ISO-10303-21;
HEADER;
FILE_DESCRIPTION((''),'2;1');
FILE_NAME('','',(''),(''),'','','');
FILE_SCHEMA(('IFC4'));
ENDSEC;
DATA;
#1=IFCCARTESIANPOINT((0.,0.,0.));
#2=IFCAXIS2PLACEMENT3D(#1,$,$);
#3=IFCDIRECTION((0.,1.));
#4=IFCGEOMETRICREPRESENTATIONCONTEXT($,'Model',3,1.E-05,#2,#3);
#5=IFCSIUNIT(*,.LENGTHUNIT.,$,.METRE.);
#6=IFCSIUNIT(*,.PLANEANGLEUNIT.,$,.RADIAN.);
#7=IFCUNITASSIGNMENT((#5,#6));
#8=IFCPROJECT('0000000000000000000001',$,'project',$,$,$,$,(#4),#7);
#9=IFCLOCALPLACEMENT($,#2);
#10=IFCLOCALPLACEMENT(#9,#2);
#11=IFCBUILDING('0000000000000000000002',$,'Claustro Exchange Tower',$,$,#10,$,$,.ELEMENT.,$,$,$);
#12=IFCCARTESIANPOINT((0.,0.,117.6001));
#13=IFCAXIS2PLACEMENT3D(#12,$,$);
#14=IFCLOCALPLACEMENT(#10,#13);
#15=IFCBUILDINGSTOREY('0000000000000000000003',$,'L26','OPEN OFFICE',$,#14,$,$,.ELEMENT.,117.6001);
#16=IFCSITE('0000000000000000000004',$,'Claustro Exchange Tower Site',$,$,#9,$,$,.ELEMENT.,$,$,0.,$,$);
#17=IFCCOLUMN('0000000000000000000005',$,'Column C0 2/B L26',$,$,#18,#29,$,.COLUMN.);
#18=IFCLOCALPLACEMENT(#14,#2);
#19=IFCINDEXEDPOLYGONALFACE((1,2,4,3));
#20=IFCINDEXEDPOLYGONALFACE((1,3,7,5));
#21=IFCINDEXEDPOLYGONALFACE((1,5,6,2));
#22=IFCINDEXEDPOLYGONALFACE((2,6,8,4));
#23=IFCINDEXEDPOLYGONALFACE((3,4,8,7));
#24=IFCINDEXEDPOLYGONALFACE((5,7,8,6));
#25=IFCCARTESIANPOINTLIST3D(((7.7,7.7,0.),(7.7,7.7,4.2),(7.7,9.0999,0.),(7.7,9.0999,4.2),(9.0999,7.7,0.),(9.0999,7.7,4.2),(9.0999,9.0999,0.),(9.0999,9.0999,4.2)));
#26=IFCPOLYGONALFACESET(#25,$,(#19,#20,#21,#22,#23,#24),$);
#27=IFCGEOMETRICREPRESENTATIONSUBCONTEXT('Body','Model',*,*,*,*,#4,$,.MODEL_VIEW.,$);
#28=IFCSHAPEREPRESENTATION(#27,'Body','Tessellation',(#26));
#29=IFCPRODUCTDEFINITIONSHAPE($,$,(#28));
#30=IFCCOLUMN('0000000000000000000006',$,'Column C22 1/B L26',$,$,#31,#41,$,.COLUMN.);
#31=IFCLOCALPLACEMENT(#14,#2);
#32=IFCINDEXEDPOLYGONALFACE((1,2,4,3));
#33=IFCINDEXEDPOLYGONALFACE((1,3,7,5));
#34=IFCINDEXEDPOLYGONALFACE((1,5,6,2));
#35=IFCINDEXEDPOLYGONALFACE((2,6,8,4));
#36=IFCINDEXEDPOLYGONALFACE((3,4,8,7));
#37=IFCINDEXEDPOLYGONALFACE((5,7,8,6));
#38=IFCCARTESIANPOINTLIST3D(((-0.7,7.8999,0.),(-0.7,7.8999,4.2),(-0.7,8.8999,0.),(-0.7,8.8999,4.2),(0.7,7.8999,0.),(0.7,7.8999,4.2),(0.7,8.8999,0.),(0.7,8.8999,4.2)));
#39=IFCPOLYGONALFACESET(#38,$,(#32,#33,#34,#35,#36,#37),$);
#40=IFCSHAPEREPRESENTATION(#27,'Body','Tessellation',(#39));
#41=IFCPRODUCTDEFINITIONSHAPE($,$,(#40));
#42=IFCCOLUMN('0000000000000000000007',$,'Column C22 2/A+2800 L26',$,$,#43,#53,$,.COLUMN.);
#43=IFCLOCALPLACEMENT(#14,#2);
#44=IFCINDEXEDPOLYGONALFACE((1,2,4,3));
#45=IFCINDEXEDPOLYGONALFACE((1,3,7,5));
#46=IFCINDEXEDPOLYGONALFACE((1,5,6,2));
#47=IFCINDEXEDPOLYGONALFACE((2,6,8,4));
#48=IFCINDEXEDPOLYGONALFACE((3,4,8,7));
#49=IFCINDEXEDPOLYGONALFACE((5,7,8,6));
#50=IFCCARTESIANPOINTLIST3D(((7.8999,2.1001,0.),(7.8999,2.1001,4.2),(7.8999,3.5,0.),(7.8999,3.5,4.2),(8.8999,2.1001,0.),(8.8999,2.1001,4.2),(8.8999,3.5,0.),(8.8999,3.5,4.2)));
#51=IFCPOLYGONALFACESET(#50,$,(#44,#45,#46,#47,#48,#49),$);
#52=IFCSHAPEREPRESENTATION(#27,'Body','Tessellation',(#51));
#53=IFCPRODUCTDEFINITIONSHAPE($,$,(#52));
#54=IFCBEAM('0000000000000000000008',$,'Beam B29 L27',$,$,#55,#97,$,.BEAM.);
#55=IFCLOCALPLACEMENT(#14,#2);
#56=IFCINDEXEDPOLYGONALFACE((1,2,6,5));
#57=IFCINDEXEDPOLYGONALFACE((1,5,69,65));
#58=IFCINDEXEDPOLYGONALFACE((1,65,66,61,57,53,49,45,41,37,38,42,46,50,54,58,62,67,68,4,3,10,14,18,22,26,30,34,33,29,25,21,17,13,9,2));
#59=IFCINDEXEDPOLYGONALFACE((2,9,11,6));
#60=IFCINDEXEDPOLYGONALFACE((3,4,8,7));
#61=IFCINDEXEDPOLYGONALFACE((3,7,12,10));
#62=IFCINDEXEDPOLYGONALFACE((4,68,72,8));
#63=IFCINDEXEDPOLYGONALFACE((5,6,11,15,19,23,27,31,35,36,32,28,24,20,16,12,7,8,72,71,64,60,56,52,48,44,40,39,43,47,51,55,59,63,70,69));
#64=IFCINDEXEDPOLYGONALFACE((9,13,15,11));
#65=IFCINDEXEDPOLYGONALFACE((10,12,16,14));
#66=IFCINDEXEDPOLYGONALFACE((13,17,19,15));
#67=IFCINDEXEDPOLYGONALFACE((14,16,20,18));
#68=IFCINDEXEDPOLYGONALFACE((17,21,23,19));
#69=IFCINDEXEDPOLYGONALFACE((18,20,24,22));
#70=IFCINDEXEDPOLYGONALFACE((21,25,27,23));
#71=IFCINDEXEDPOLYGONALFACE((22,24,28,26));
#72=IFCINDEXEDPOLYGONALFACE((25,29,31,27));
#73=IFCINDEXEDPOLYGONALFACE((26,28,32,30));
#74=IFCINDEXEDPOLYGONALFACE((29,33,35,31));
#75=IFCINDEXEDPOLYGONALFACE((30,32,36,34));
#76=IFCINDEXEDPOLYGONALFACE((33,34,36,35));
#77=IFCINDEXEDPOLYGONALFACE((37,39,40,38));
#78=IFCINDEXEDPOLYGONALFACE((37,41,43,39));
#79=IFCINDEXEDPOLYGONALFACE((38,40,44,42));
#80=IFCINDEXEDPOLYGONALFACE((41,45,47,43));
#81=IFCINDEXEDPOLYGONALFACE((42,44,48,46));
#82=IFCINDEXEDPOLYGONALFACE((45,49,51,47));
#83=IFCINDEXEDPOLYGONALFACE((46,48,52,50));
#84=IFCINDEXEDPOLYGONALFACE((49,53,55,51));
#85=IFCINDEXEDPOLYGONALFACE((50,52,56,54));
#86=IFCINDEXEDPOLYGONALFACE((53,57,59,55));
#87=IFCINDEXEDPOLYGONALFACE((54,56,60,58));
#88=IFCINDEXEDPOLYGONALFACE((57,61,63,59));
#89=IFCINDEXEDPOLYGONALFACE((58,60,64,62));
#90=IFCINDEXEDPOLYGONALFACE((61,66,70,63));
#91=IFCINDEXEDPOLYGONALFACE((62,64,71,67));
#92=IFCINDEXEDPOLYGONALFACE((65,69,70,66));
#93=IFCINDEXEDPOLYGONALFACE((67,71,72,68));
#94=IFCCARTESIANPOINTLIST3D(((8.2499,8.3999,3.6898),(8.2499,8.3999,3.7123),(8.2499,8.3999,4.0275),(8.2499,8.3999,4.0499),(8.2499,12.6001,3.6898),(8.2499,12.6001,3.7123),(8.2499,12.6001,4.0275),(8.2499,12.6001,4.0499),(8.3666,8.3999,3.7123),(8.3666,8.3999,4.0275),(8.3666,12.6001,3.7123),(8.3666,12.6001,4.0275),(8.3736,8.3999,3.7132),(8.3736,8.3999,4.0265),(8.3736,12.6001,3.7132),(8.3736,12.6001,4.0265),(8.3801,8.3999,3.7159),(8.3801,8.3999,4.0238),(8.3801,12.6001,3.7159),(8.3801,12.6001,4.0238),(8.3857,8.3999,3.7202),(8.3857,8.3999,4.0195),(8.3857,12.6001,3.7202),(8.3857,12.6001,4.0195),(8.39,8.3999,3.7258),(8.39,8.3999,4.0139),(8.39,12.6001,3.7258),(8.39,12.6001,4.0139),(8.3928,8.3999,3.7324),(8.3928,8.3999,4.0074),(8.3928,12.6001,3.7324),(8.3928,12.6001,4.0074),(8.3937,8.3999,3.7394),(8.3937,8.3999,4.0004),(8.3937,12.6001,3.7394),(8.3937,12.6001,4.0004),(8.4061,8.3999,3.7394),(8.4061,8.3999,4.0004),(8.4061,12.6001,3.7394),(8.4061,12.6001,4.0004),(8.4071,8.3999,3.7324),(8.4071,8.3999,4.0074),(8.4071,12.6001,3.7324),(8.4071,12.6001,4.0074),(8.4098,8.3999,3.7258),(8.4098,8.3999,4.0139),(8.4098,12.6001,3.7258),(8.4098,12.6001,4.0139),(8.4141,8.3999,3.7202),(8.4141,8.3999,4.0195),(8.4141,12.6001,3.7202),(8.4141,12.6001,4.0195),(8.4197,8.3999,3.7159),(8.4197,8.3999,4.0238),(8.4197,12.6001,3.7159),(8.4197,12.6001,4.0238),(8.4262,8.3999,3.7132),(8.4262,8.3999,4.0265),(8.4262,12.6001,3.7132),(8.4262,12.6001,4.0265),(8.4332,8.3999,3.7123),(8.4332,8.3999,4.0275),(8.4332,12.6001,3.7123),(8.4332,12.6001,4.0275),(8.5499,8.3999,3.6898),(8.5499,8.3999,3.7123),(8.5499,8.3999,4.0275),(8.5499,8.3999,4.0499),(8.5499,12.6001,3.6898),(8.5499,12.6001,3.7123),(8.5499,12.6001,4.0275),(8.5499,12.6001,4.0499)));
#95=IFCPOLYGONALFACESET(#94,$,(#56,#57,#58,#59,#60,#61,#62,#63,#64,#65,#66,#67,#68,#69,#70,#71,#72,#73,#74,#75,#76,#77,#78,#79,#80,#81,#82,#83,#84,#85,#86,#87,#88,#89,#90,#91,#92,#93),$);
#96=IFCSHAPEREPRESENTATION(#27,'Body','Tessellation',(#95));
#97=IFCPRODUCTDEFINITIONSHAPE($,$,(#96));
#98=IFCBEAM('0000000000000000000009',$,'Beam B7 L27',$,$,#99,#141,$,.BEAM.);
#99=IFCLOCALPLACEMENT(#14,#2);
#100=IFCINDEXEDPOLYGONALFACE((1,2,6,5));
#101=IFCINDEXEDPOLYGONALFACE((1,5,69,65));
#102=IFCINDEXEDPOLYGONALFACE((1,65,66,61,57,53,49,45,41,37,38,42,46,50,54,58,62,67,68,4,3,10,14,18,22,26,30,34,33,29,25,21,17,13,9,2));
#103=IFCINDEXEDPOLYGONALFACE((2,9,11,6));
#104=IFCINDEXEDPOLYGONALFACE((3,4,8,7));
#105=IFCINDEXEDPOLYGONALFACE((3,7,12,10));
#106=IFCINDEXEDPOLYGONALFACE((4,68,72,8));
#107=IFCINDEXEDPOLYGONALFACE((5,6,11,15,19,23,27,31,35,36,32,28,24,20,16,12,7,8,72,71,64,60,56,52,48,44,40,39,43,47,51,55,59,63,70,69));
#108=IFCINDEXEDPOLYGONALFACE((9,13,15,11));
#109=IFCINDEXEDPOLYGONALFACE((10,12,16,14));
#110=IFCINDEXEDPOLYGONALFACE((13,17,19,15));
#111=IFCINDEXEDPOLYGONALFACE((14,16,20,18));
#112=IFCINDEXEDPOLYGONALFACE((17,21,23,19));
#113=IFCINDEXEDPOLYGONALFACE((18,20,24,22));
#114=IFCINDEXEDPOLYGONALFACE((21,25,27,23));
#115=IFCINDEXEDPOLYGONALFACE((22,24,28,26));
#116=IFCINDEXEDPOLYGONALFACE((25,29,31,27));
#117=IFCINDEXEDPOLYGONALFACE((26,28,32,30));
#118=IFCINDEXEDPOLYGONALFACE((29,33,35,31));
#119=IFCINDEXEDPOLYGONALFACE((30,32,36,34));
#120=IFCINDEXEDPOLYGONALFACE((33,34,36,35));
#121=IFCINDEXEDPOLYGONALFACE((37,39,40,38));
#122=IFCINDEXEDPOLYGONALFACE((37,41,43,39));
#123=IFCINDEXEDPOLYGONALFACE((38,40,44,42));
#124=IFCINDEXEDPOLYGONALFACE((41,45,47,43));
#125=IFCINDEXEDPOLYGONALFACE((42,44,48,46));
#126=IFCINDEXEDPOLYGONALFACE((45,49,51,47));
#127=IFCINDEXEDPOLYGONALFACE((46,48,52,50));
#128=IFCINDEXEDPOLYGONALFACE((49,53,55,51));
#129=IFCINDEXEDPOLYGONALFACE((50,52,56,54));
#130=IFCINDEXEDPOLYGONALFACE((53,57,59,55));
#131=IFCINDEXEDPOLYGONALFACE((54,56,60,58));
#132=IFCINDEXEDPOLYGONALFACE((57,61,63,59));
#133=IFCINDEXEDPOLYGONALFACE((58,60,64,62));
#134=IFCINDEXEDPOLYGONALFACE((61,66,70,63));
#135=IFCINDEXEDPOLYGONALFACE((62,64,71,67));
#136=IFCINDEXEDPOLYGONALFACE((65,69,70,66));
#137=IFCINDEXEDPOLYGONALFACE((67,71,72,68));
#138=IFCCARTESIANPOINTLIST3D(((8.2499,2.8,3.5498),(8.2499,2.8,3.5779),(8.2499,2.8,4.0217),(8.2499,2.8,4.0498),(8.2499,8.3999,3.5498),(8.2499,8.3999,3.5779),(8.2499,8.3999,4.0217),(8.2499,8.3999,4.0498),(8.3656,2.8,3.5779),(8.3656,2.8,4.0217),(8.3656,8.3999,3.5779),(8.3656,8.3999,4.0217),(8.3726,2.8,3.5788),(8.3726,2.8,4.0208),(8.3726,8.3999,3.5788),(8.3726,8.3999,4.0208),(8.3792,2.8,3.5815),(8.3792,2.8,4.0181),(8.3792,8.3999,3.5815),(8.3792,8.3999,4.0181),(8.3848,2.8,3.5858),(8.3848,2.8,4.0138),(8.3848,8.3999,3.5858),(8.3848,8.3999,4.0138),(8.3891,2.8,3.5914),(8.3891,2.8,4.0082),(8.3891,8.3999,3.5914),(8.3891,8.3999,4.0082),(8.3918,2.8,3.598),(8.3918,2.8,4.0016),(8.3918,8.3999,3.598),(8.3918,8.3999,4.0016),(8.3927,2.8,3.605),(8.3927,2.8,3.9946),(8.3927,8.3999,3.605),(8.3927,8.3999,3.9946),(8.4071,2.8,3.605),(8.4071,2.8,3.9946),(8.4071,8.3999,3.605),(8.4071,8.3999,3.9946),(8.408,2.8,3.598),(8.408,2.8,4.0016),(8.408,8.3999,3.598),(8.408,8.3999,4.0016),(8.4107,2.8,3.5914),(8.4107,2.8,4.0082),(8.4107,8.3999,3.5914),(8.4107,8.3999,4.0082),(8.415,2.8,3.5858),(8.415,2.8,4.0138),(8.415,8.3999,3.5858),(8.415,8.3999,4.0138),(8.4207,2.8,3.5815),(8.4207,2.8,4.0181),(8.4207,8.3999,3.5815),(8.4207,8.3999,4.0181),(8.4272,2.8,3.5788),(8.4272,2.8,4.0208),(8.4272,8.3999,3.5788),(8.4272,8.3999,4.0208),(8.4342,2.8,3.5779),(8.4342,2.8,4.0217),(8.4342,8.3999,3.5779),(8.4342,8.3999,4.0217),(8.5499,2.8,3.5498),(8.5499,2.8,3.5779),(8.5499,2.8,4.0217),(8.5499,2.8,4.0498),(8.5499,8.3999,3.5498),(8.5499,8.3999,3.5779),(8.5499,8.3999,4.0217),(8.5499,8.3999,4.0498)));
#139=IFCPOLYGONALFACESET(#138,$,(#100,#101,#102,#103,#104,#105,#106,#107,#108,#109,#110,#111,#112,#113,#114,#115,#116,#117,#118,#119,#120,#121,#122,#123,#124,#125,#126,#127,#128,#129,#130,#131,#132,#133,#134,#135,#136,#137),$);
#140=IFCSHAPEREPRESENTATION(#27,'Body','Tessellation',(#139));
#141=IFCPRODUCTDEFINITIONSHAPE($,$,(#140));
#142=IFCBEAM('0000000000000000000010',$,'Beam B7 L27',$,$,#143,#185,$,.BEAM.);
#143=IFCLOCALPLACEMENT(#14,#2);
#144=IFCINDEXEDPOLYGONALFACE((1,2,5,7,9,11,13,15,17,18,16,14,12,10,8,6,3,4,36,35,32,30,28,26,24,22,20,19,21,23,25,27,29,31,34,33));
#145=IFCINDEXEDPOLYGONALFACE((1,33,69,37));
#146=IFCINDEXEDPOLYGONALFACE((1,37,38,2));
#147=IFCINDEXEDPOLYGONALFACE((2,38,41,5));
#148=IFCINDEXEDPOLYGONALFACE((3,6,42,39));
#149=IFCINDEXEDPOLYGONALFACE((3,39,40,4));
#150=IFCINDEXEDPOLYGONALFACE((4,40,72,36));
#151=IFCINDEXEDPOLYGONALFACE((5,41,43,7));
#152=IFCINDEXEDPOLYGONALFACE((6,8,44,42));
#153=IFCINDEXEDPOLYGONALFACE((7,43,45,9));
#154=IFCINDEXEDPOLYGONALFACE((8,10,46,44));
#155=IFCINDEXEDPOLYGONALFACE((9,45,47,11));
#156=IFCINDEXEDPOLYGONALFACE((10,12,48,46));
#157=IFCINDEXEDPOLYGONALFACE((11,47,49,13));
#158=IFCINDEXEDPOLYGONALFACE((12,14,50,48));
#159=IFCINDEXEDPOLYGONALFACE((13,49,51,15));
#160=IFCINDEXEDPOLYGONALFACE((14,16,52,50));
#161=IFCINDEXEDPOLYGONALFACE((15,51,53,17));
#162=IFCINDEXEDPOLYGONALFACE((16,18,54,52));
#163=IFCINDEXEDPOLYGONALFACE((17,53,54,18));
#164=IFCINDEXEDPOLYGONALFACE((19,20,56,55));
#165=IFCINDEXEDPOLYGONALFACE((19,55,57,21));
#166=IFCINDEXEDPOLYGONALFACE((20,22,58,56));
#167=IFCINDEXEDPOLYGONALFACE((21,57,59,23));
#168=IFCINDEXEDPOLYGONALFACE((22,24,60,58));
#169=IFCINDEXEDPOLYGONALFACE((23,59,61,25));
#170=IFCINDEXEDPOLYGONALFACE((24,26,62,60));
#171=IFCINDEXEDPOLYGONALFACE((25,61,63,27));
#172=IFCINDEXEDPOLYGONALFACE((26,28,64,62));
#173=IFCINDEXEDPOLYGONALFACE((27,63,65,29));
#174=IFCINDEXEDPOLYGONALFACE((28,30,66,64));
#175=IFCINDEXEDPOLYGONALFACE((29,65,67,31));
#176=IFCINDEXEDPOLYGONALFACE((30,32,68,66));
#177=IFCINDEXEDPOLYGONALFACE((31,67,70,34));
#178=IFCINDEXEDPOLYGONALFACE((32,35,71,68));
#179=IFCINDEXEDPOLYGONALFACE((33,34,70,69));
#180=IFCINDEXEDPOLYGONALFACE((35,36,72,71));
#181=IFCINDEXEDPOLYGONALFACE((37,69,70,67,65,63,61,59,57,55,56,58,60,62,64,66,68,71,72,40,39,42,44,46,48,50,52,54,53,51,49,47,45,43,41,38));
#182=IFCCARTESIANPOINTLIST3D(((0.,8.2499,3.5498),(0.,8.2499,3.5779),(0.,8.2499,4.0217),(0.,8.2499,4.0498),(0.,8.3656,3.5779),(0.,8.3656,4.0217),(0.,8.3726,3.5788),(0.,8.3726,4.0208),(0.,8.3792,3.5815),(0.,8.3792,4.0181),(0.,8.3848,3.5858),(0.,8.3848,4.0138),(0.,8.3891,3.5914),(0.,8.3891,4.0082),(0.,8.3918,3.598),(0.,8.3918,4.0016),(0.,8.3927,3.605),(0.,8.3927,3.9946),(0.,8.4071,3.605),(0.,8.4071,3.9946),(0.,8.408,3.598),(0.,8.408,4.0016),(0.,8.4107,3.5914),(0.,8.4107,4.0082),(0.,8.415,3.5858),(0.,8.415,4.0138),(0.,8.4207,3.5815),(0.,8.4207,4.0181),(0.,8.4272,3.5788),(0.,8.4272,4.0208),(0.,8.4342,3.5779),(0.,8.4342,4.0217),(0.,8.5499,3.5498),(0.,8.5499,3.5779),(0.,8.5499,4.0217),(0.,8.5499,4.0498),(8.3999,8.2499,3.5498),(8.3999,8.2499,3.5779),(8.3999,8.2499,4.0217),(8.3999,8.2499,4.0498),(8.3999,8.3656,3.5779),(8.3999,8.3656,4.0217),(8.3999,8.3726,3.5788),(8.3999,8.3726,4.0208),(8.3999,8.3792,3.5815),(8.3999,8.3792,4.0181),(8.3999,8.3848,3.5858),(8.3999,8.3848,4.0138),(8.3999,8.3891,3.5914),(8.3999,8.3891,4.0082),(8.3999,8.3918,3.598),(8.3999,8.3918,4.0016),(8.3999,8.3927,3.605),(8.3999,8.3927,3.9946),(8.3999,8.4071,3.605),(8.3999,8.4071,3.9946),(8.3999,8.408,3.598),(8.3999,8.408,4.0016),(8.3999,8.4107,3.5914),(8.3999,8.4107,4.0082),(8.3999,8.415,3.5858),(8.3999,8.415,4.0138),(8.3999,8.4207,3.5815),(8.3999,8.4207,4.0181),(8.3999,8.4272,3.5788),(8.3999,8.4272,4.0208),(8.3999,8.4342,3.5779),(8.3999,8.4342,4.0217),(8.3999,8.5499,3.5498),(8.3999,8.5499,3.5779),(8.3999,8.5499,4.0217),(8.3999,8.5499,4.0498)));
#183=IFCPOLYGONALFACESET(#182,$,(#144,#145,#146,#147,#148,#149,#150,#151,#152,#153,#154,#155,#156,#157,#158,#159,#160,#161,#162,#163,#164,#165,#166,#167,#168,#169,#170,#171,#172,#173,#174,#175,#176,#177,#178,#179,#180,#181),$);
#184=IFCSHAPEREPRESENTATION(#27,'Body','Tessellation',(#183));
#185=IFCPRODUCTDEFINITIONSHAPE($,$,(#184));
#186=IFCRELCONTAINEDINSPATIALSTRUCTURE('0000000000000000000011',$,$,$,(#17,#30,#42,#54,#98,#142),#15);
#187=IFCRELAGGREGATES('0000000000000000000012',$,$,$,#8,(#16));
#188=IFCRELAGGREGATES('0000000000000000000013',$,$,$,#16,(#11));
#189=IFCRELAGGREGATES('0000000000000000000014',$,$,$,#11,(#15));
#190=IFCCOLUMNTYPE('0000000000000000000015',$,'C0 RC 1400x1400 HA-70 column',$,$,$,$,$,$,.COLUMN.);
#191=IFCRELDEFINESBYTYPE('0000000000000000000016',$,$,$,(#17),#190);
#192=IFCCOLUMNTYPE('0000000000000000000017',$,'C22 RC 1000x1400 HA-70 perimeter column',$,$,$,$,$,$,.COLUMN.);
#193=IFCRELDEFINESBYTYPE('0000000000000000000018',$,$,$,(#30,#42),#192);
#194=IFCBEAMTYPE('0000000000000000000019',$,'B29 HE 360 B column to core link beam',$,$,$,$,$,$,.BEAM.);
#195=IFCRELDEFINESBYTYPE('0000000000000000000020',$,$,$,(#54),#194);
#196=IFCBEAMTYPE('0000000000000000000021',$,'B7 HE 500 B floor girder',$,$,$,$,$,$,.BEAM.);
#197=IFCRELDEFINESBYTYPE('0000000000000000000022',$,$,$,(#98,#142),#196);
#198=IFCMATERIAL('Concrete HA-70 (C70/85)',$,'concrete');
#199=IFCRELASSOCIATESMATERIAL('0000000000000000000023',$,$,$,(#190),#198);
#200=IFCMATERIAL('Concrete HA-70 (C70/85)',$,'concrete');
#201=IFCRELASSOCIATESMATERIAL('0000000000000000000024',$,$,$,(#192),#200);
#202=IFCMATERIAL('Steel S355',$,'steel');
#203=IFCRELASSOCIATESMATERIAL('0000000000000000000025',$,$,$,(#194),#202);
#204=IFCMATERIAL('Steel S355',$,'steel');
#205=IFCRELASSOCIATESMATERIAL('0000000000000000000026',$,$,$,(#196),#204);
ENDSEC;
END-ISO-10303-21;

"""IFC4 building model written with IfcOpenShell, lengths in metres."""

from ifc_helpers import new_model, si_unit, direction, frame, origin, origin_2d, place, context, subcontext, project, spatial, rectangle, i_section, extrude, material, material_profile, profile_set, type_object, element, save


model = new_model("IFC4")

# Units and contexts
model_context = context("Model", 3, precision=1e-05, world=origin(), true_north=direction((0.0, 1.0)))
body_context = subcontext(model_context, "Body", "Model", "MODEL_VIEW")
ifc_project = project(units=[si_unit("LENGTHUNIT", "METRE"), si_unit("PLANEANGLEUNIT", "RADIAN")], contexts=[model_context])

# Site, building, storey
site_placement = place(None, origin())
site = spatial("IfcSite", under=ifc_project, at=site_placement, Name="Claustro Exchange Tower Site", CompositionType="ELEMENT", RefElevation=0.0)
building_placement = place(site_placement, origin())
building = spatial("IfcBuilding", under=site, at=building_placement, Name="Claustro Exchange Tower", CompositionType="ELEMENT")
storey_placement = place(building_placement, frame((0.0, 0.0, 117.6001)))
storey = spatial("IfcBuildingStorey", under=building, at=storey_placement, Name="L26", Description="OPEN OFFICE", CompositionType="ELEMENT", Elevation=117.6001)

# Columns
ifc_material_1 = material(Name="Concrete HA-70 (C70/85)", Category="concrete")
ifc_material_profile_1 = material_profile(ifc_material_1, rectangle(XDim=1.3999, YDim=1.3999, at=origin_2d()), Name="RC 1400x1400")
ifc_profile_set_1 = profile_set([ifc_material_profile_1], Name="Concrete HA-70 (C70/85)")
column_type_1 = type_object("IfcColumnType", Name="C0 RC 1400x1400 HA-70 column", PredefinedType="COLUMN", material=ifc_profile_set_1)
column_placement = place(storey_placement, frame((8.3999, 8.3999, 0.0), z_axis=(0.0, 0.0, 1.0), x_axis=(1.0, 0.0, 0.0)))
element("IfcColumn", 1, at=column_placement, inside=storey, type_object=column_type_1, Name="Column C0 2/B L26", PredefinedType="COLUMN", context=body_context, shape_type="SweptSolid", body=[
    extrude(rectangle(XDim=1.3999, YDim=1.3999, at=origin_2d()), origin(), (0.0, 0.0, 1.0), 4.2),
])
ifc_material_2 = material(Name="Concrete HA-70 (C70/85)", Category="concrete")
ifc_material_profile_2 = material_profile(ifc_material_2, rectangle(XDim=1.0, YDim=1.3999, at=origin_2d()), Name="RC 1000x1400")
ifc_profile_set_2 = profile_set([ifc_material_profile_2], Name="Concrete HA-70 (C70/85)")
column_type_2 = type_object("IfcColumnType", Name="C22 RC 1000x1400 HA-70 perimeter column", PredefinedType="COLUMN", material=ifc_profile_set_2)
for number, where, z_axis, x_axis, name in (
    (2, (0.0, 8.3999, 0.0), (0.0, 0.0, 1.0), (0.0, 1.0, 0.0), "Column C22 1/B L26"),
    (3, (8.3999, 2.8, 0.0), (0.0, 0.0, 1.0), (1.0, 0.0, 0.0), "Column C22 2/A+2800 L26"),
):
    element("IfcColumn", number, at=place(storey_placement, frame(where, z_axis=z_axis, x_axis=x_axis)), inside=storey, type_object=column_type_2, Name=name, PredefinedType="COLUMN", context=body_context, shape_type="SweptSolid", body=[
        extrude(rectangle(XDim=1.0, YDim=1.3999, at=origin_2d()), origin(), (0.0, 0.0, 1.0), 4.2),
    ])

# Beams
ifc_material_3 = material(Name="Steel S355", Category="steel")
ifc_material_profile_3 = material_profile(ifc_material_3, i_section(OverallWidth=0.3, OverallDepth=0.3601, WebThickness=0.0125, FlangeThickness=0.0225, FilletRadius=0.0271, at=origin_2d()), Name="HE 360 B")
ifc_profile_set_3 = profile_set([ifc_material_profile_3], Name="Steel S355")
beam_type_1 = type_object("IfcBeamType", Name="B29 HE 360 B column to core link beam", PredefinedType="BEAM", material=ifc_profile_set_3)
beam_1_placement = place(storey_placement, frame((8.3999, 8.3999, 3.8699), z_axis=(0.0, 1.0, 0.0), x_axis=(-1.0, 0.0, 0.0)))
element("IfcBeam", 4, at=beam_1_placement, inside=storey, type_object=beam_type_1, Name="Beam B29 L27", PredefinedType="BEAM", context=body_context, shape_type="SweptSolid", body=[
    extrude(i_section(OverallWidth=0.3, OverallDepth=0.3601, WebThickness=0.0125, FlangeThickness=0.0225, FilletRadius=0.0271, at=origin_2d()), origin(), (0.0, 0.0, 1.0), 4.2002),
])
ifc_material_4 = material(Name="Steel S355", Category="steel")
ifc_material_profile_4 = material_profile(ifc_material_4, i_section(OverallWidth=0.3, OverallDepth=0.5, WebThickness=0.0144, FlangeThickness=0.0281, FilletRadius=0.0271, at=origin_2d()), Name="HE 500 B")
ifc_profile_set_4 = profile_set([ifc_material_profile_4], Name="Steel S355")
beam_type_2 = type_object("IfcBeamType", Name="B7 HE 500 B floor girder", PredefinedType="BEAM", material=ifc_profile_set_4)
beam_2_placement = place(storey_placement, frame((8.3999, 2.8, 3.7998), z_axis=(0.0, 1.0, 0.0), x_axis=(-1.0, 0.0, 0.0)))
element("IfcBeam", 5, at=beam_2_placement, inside=storey, type_object=beam_type_2, Name="Beam B7 L27", PredefinedType="BEAM", context=body_context, shape_type="SweptSolid", body=[
    extrude(i_section(OverallWidth=0.3, OverallDepth=0.5, WebThickness=0.0144, FlangeThickness=0.0281, FilletRadius=0.0271, at=origin_2d()), origin(), (0.0, 0.0, 1.0), 5.5999),
])
beam_3_placement = place(storey_placement, frame((0.0, 8.3999, 3.7998), z_axis=(1.0, 0.0, 0.0), x_axis=(0.0, 1.0, 0.0)))
element("IfcBeam", 6, at=beam_3_placement, inside=storey, type_object=beam_type_2, Name="Beam B7 L27", PredefinedType="BEAM", context=body_context, shape_type="SweptSolid", body=[
    extrude(i_section(OverallWidth=0.3, OverallDepth=0.5, WebThickness=0.0144, FlangeThickness=0.0281, FilletRadius=0.0271, at=origin_2d()), origin(), (0.0, 0.0, 1.0), 8.3999),
])

save(model, "model.ifc")
